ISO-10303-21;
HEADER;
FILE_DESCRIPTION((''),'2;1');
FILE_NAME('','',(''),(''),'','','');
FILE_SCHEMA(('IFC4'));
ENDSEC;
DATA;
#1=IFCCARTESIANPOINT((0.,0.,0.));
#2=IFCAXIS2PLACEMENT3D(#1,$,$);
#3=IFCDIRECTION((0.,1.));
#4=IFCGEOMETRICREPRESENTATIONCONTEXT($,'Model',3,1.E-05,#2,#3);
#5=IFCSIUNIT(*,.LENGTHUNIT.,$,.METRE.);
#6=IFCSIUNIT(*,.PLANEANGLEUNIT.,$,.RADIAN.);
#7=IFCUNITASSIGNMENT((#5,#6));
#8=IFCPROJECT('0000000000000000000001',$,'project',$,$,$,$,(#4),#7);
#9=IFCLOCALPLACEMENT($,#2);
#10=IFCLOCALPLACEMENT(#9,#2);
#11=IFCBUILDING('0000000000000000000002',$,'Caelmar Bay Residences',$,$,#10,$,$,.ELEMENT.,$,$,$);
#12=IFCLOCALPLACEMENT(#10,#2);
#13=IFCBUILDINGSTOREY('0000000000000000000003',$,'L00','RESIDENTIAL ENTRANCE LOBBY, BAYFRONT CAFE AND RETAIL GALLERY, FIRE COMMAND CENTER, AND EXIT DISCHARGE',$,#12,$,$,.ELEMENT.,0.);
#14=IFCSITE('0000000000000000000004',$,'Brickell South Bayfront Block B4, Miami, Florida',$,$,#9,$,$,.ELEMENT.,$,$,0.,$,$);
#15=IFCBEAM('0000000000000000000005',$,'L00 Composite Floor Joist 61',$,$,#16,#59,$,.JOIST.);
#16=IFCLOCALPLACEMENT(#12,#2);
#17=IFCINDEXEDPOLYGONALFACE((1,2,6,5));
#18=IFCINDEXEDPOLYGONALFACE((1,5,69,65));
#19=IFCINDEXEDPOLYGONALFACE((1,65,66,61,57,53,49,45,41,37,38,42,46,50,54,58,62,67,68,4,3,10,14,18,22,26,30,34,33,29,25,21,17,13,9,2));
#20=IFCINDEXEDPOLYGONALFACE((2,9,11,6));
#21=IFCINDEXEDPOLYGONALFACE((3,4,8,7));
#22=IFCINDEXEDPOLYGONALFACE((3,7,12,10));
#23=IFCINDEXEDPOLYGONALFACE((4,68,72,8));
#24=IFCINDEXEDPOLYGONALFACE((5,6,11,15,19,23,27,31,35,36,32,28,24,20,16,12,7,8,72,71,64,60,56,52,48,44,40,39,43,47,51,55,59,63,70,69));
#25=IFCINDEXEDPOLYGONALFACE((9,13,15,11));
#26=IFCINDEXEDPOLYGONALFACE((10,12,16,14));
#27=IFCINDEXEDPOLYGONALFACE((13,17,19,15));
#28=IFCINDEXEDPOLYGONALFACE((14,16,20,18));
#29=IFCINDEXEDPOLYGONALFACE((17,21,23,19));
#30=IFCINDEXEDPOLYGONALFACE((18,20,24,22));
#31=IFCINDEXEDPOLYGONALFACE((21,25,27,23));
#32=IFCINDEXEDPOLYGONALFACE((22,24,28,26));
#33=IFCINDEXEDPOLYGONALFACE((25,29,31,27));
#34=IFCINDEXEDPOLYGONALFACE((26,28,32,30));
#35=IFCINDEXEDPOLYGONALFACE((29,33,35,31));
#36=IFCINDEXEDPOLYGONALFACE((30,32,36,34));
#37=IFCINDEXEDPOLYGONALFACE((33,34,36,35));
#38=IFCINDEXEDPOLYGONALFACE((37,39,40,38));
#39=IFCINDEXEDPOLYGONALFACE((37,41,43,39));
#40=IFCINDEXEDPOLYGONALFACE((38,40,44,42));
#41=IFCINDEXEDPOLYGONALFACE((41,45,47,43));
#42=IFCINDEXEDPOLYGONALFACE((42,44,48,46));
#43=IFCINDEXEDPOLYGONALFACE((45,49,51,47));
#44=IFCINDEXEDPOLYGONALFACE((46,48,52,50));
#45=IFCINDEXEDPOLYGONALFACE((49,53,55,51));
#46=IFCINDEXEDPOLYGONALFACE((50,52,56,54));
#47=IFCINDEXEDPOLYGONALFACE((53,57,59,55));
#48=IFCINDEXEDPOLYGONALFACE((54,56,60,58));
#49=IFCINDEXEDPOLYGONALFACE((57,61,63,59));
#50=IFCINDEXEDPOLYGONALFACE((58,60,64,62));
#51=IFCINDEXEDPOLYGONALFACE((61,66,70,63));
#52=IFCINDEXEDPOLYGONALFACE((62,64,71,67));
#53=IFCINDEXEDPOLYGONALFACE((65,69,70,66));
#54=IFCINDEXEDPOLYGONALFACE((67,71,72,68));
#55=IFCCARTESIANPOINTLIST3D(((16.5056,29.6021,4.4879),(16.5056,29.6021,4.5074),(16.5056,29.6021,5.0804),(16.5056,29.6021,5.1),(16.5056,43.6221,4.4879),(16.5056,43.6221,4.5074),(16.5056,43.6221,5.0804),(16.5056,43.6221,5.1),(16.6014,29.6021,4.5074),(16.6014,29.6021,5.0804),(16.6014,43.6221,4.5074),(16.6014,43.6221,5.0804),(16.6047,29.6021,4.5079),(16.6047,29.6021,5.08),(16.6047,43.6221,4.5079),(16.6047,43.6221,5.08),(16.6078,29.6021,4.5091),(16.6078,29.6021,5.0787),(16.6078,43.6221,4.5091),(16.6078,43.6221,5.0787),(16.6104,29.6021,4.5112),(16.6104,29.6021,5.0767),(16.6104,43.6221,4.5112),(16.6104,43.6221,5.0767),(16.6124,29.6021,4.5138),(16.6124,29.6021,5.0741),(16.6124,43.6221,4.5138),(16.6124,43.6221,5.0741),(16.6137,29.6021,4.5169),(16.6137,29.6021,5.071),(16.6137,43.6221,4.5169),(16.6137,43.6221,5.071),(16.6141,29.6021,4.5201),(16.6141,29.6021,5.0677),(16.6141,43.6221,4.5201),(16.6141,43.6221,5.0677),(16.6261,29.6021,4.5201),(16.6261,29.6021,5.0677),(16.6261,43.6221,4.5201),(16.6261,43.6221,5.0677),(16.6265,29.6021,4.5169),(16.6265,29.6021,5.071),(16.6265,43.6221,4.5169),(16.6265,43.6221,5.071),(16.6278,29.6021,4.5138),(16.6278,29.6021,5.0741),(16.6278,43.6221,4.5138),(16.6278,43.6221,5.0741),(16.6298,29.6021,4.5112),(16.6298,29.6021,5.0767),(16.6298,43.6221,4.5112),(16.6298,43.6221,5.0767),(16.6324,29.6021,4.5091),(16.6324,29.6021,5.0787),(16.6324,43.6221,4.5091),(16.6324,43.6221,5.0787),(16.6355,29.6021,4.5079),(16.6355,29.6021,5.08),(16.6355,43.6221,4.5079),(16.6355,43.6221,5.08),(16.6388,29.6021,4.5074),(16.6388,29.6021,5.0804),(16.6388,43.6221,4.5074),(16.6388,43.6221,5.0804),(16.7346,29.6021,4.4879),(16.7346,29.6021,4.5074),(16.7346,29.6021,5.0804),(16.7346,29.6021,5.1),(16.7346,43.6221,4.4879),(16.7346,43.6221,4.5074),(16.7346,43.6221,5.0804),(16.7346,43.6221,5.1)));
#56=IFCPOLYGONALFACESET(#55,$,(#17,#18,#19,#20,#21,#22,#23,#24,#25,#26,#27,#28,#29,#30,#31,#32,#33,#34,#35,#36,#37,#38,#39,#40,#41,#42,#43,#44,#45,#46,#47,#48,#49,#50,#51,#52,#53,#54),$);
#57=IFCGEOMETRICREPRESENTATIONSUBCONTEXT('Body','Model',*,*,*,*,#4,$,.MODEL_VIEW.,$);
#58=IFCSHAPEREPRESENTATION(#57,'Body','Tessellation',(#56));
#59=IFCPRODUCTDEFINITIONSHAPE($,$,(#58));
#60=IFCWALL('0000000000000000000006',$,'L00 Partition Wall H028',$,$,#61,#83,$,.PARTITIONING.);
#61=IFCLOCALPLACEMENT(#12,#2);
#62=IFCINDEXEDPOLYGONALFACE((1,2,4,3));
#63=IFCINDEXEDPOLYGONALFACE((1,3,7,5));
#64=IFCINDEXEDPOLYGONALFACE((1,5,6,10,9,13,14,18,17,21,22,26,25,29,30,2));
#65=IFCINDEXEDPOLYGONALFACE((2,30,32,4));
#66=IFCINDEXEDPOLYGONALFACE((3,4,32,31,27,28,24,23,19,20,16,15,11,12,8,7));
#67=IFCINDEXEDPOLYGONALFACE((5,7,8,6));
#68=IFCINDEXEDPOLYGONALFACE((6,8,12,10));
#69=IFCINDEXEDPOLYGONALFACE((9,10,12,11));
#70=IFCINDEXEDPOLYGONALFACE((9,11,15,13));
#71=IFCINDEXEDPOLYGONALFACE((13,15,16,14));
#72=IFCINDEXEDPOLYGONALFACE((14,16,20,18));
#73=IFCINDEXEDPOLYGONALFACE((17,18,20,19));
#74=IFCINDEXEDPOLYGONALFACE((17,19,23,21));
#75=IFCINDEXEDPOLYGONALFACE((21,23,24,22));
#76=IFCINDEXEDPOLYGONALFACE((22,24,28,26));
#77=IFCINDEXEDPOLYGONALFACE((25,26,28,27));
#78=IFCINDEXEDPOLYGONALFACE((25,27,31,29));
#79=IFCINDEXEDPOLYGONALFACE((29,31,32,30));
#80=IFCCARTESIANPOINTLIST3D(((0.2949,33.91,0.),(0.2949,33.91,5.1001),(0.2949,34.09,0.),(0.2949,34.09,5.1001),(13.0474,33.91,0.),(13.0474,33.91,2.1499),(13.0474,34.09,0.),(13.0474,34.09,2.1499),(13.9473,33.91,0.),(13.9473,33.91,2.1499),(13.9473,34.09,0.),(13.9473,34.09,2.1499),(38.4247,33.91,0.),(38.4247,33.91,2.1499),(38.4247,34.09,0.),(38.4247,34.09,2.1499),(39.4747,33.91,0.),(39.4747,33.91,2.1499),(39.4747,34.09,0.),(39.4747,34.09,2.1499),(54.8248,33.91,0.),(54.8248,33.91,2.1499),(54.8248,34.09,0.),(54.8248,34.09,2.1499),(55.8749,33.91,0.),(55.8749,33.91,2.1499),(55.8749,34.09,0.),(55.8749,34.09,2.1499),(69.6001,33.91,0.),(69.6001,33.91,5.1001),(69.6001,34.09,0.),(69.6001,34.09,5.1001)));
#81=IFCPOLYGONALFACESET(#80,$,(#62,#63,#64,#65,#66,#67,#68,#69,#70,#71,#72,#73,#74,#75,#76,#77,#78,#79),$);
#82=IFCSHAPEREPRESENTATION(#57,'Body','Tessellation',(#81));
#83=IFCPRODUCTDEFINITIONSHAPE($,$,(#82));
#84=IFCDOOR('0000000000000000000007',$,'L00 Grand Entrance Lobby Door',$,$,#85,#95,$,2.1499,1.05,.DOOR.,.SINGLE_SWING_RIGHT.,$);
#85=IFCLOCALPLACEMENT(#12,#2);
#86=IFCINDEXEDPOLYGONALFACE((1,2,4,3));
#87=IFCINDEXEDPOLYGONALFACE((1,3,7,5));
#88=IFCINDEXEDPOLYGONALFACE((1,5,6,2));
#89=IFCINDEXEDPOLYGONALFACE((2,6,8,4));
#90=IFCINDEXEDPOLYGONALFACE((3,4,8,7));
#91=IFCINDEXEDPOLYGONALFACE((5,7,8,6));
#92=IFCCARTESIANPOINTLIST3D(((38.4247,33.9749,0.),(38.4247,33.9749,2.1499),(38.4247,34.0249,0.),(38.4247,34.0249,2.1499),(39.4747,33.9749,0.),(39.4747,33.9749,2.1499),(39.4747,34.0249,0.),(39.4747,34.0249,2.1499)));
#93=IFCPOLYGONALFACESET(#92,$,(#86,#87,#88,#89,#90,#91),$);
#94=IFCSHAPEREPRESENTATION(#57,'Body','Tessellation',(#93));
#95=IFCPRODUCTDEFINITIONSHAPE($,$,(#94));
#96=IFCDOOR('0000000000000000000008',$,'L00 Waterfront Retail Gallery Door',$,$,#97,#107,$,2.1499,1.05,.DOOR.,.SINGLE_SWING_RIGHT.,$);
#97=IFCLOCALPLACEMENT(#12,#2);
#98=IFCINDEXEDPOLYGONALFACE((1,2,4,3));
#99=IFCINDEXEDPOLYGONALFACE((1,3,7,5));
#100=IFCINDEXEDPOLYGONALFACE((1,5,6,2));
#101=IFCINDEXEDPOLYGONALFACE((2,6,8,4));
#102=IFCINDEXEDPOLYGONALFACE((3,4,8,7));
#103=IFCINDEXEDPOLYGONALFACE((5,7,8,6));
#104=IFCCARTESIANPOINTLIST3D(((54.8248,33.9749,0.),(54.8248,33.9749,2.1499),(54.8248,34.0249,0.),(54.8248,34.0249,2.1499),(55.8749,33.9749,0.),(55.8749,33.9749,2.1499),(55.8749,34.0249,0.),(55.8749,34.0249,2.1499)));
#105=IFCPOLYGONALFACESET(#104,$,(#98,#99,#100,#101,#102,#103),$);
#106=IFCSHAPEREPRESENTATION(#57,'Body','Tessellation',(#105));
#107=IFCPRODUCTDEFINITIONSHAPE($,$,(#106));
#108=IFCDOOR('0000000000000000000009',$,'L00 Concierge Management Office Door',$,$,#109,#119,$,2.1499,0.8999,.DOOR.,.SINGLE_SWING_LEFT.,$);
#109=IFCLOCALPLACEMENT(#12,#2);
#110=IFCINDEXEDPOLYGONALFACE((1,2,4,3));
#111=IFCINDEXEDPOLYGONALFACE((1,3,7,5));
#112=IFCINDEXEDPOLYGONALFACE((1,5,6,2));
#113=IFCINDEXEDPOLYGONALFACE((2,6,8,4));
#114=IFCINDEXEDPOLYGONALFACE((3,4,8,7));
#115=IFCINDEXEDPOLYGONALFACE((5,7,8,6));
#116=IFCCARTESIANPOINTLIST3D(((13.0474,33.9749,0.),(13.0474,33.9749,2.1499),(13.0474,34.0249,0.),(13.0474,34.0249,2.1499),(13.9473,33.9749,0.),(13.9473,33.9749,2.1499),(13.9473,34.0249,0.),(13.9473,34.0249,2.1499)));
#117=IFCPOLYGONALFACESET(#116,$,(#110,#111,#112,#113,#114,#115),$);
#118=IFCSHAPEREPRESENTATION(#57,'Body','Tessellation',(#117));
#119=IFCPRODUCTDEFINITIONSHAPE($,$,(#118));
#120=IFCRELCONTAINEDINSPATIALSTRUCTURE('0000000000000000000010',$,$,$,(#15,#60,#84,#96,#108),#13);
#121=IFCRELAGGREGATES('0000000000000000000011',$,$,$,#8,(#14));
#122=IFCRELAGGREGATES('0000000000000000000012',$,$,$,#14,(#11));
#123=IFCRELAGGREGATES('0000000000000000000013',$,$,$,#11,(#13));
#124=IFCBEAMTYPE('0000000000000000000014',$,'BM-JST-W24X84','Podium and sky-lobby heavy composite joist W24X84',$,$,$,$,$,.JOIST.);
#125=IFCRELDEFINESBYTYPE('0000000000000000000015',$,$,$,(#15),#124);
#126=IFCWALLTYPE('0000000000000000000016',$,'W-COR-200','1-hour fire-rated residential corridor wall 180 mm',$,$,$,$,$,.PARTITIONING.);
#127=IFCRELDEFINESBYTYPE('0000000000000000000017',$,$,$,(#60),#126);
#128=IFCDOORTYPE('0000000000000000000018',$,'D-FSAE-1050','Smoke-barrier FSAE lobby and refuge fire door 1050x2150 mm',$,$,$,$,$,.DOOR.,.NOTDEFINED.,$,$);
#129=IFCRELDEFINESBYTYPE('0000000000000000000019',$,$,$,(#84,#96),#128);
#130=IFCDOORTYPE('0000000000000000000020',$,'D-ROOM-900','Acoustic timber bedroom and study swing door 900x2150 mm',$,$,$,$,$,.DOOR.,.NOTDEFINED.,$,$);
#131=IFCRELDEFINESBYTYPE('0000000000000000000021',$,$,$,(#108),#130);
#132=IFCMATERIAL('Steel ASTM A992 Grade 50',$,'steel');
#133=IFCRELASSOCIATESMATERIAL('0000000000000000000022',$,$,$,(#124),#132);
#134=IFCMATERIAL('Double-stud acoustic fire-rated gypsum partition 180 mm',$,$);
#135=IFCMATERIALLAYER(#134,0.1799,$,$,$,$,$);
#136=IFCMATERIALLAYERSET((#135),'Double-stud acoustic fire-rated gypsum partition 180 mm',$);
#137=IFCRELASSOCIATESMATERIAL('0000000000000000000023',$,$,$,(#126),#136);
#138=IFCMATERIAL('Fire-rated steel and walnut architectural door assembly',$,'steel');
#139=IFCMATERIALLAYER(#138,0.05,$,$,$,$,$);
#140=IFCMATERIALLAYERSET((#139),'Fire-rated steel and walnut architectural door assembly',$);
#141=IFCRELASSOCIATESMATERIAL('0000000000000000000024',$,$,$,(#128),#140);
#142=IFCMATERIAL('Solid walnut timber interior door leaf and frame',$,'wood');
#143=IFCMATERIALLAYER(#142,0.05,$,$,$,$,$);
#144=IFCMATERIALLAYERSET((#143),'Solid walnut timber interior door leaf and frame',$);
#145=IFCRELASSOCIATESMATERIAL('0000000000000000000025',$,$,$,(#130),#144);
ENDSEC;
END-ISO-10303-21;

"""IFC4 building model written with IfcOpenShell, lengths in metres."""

from ifc_helpers import new_model, si_unit, direction, frame, frame_2d, origin, origin_2d, place, context, subcontext, project, spatial, rectangle, i_section, extrude, material, layer, layer_set, material_profile, profile_set, type_object, element, fill, save


model = new_model("IFC4")

# Units and contexts
model_context = context("Model", 3, precision=1e-05, world=origin(), true_north=direction((0.0, 1.0)))
body_context = subcontext(model_context, "Body", "Model", "MODEL_VIEW")
ifc_project = project(units=[si_unit("LENGTHUNIT", "METRE"), si_unit("PLANEANGLEUNIT", "RADIAN")], contexts=[model_context])

# Site, building, storey
site_placement = place(None, origin())
site = spatial("IfcSite", under=ifc_project, at=site_placement, Name="Brickell South Bayfront Block B4, Miami, Florida", CompositionType="ELEMENT", RefElevation=0.0)
building_placement = place(site_placement, origin())
building = spatial("IfcBuilding", under=site, at=building_placement, Name="Caelmar Bay Residences", CompositionType="ELEMENT")
storey_placement = place(building_placement, origin())
storey = spatial("IfcBuildingStorey", under=building, at=storey_placement, Name="L00", Description="RESIDENTIAL ENTRANCE LOBBY, BAYFRONT CAFE AND RETAIL GALLERY, FIRE COMMAND CENTER, AND EXIT DISCHARGE", CompositionType="ELEMENT", Elevation=0.0)

# Beam
ifc_material_1 = material(Name="Steel ASTM A992 Grade 50", Category="steel")
ifc_material_profile_1 = material_profile(ifc_material_1, i_section(OverallWidth=0.229, OverallDepth=0.6121, WebThickness=0.012, FlangeThickness=0.0195, FilletRadius=0.0127, at=origin_2d()), Name="W24X84")
ifc_profile_set_1 = profile_set([ifc_material_profile_1], Name="Steel ASTM A992 Grade 50")
beam_type_1 = type_object("IfcBeamType", Name="BM-JST-W24X84", Description="Podium and sky-lobby heavy composite joist W24X84", PredefinedType="JOIST", material=ifc_profile_set_1)
for number, where, z_axis, x_axis, name in (
    (1, (16.6201, 29.6021, 4.7939), (0.0, 1.0, 0.0), (-1.0, 0.0, 0.0), "L00 Composite Floor Joist 61"),
):
    element("IfcBeam", number, at=place(storey_placement, frame(where, z_axis=z_axis, x_axis=x_axis)), inside=storey, type_object=beam_type_1, Name=name, PredefinedType="JOIST", context=body_context, shape_type="SweptSolid", body=[
        extrude(i_section(OverallWidth=0.229, OverallDepth=0.6121, WebThickness=0.012, FlangeThickness=0.0195, FilletRadius=0.0127, at=origin_2d()), origin(), (0.0, 0.0, 1.0), 14.02),
    ])

# Wall, openings, doors
ifc_material_2 = material(Name="Double-stud acoustic fire-rated gypsum partition 180 mm")
ifc_layer_1 = layer(ifc_material_2, 0.1799)
ifc_layer_set_1 = layer_set([ifc_layer_1], Name="Double-stud acoustic fire-rated gypsum partition 180 mm")
wall_type = type_object("IfcWallType", Name="W-COR-200", Description="1-hour fire-rated residential corridor wall 180 mm", PredefinedType="PARTITIONING", material=ifc_layer_set_1)
wall_placement = place(storey_placement, frame((0.2949, 34.0, 0.0), z_axis=(0.0, 0.0, 1.0), x_axis=(1.0, 0.0, 0.0)))
wall = element("IfcWall", 2, at=wall_placement, inside=storey, type_object=wall_type, Name="L00 Partition Wall H028", PredefinedType="PARTITIONING", context=body_context, shape_type="SweptSolid", body=[
    extrude(rectangle(XDim=69.3052, YDim=0.1799, at=frame_2d((34.6526, 0.0))), origin(), (0.0, 0.0, 1.0), 5.1001),
])
opening_1_placement = place(wall_placement, frame((38.1299, 0.0, 0.0)))
opening_1 = element("IfcOpeningElement", 3, at=opening_1_placement, cuts=wall, PredefinedType="OPENING", context=body_context, shape_type="SweptSolid", body=[
    extrude(rectangle(XDim=1.05, YDim=2.1499, at=frame_2d((0.5249, 1.075))), frame((0.0, 0.0999, 0.0), z_axis=(0.0, -1.0, 0.0), x_axis=(1.0, 0.0, 0.0)), (0.0, 0.0, 1.0), 0.2),
])
opening_2_placement = place(wall_placement, frame((12.7524, 0.0, 0.0)))
opening_2 = element("IfcOpeningElement", 4, at=opening_2_placement, cuts=wall, PredefinedType="OPENING", context=body_context, shape_type="SweptSolid", body=[
    extrude(rectangle(XDim=0.8999, YDim=2.1499, at=frame_2d((0.45, 1.075))), frame((0.0, 0.0999, 0.0), z_axis=(0.0, -1.0, 0.0), x_axis=(1.0, 0.0, 0.0)), (0.0, 0.0, 1.0), 0.2),
])
opening_3_placement = place(wall_placement, frame((54.53, 0.0, 0.0)))
opening_3 = element("IfcOpeningElement", 5, at=opening_3_placement, cuts=wall, PredefinedType="OPENING", context=body_context, shape_type="SweptSolid", body=[
    extrude(rectangle(XDim=1.05, YDim=2.1499, at=frame_2d((0.5249, 1.075))), frame((0.0, 0.0999, 0.0), z_axis=(0.0, -1.0, 0.0), x_axis=(1.0, 0.0, 0.0)), (0.0, 0.0, 1.0), 0.2),
])
ifc_material_3 = material(Name="Fire-rated steel and walnut architectural door assembly", Category="steel")
ifc_layer_2 = layer(ifc_material_3, 0.05)
ifc_layer_set_2 = layer_set([ifc_layer_2], Name="Fire-rated steel and walnut architectural door assembly")
door_type_1 = type_object("IfcDoorType", Name="D-FSAE-1050", Description="Smoke-barrier FSAE lobby and refuge fire door 1050x2150 mm", OperationType="NOTDEFINED", PredefinedType="DOOR", material=ifc_layer_set_2)
door_1_placement = place(opening_1_placement, origin())
door_1 = element("IfcDoor", 6, at=door_1_placement, inside=storey, type_object=door_type_1, Name="L00 Grand Entrance Lobby Door", OperationType="SINGLE_SWING_RIGHT", OverallHeight=2.1499, OverallWidth=1.05, PredefinedType="DOOR", context=body_context, shape_type="SweptSolid", body=[
    extrude(rectangle(XDim=1.05, YDim=2.1499, at=frame_2d((0.5249, 1.075))), frame((0.0, 0.0249, 0.0), z_axis=(0.0, -1.0, 0.0), x_axis=(1.0, 0.0, 0.0)), (0.0, 0.0, 1.0), 0.05),
])
fill(opening_1, door_1)
door_2_placement = place(opening_3_placement, origin())
door_2 = element("IfcDoor", 7, at=door_2_placement, inside=storey, type_object=door_type_1, Name="L00 Waterfront Retail Gallery Door", OperationType="SINGLE_SWING_RIGHT", OverallHeight=2.1499, OverallWidth=1.05, PredefinedType="DOOR", context=body_context, shape_type="SweptSolid", body=[
    extrude(rectangle(XDim=1.05, YDim=2.1499, at=frame_2d((0.5249, 1.075))), frame((0.0, 0.0249, 0.0), z_axis=(0.0, -1.0, 0.0), x_axis=(1.0, 0.0, 0.0)), (0.0, 0.0, 1.0), 0.05),
])
fill(opening_3, door_2)
ifc_material_4 = material(Name="Solid walnut timber interior door leaf and frame", Category="wood")
ifc_layer_3 = layer(ifc_material_4, 0.05)
ifc_layer_set_3 = layer_set([ifc_layer_3], Name="Solid walnut timber interior door leaf and frame")
door_type_2 = type_object("IfcDoorType", Name="D-ROOM-900", Description="Acoustic timber bedroom and study swing door 900x2150 mm", OperationType="NOTDEFINED", PredefinedType="DOOR", material=ifc_layer_set_3)
door_3_placement = place(opening_2_placement, origin())
door_3 = element("IfcDoor", 8, at=door_3_placement, inside=storey, type_object=door_type_2, Name="L00 Concierge Management Office Door", OperationType="SINGLE_SWING_LEFT", OverallHeight=2.1499, OverallWidth=0.8999, PredefinedType="DOOR", context=body_context, shape_type="SweptSolid", body=[
    extrude(rectangle(XDim=0.8999, YDim=2.1499, at=frame_2d((0.45, 1.075))), frame((0.0, 0.0249, 0.0), z_axis=(0.0, -1.0, 0.0), x_axis=(1.0, 0.0, 0.0)), (0.0, 0.0, 1.0), 0.05),
])
fill(opening_2, door_3)

save(model, "model.ifc")
